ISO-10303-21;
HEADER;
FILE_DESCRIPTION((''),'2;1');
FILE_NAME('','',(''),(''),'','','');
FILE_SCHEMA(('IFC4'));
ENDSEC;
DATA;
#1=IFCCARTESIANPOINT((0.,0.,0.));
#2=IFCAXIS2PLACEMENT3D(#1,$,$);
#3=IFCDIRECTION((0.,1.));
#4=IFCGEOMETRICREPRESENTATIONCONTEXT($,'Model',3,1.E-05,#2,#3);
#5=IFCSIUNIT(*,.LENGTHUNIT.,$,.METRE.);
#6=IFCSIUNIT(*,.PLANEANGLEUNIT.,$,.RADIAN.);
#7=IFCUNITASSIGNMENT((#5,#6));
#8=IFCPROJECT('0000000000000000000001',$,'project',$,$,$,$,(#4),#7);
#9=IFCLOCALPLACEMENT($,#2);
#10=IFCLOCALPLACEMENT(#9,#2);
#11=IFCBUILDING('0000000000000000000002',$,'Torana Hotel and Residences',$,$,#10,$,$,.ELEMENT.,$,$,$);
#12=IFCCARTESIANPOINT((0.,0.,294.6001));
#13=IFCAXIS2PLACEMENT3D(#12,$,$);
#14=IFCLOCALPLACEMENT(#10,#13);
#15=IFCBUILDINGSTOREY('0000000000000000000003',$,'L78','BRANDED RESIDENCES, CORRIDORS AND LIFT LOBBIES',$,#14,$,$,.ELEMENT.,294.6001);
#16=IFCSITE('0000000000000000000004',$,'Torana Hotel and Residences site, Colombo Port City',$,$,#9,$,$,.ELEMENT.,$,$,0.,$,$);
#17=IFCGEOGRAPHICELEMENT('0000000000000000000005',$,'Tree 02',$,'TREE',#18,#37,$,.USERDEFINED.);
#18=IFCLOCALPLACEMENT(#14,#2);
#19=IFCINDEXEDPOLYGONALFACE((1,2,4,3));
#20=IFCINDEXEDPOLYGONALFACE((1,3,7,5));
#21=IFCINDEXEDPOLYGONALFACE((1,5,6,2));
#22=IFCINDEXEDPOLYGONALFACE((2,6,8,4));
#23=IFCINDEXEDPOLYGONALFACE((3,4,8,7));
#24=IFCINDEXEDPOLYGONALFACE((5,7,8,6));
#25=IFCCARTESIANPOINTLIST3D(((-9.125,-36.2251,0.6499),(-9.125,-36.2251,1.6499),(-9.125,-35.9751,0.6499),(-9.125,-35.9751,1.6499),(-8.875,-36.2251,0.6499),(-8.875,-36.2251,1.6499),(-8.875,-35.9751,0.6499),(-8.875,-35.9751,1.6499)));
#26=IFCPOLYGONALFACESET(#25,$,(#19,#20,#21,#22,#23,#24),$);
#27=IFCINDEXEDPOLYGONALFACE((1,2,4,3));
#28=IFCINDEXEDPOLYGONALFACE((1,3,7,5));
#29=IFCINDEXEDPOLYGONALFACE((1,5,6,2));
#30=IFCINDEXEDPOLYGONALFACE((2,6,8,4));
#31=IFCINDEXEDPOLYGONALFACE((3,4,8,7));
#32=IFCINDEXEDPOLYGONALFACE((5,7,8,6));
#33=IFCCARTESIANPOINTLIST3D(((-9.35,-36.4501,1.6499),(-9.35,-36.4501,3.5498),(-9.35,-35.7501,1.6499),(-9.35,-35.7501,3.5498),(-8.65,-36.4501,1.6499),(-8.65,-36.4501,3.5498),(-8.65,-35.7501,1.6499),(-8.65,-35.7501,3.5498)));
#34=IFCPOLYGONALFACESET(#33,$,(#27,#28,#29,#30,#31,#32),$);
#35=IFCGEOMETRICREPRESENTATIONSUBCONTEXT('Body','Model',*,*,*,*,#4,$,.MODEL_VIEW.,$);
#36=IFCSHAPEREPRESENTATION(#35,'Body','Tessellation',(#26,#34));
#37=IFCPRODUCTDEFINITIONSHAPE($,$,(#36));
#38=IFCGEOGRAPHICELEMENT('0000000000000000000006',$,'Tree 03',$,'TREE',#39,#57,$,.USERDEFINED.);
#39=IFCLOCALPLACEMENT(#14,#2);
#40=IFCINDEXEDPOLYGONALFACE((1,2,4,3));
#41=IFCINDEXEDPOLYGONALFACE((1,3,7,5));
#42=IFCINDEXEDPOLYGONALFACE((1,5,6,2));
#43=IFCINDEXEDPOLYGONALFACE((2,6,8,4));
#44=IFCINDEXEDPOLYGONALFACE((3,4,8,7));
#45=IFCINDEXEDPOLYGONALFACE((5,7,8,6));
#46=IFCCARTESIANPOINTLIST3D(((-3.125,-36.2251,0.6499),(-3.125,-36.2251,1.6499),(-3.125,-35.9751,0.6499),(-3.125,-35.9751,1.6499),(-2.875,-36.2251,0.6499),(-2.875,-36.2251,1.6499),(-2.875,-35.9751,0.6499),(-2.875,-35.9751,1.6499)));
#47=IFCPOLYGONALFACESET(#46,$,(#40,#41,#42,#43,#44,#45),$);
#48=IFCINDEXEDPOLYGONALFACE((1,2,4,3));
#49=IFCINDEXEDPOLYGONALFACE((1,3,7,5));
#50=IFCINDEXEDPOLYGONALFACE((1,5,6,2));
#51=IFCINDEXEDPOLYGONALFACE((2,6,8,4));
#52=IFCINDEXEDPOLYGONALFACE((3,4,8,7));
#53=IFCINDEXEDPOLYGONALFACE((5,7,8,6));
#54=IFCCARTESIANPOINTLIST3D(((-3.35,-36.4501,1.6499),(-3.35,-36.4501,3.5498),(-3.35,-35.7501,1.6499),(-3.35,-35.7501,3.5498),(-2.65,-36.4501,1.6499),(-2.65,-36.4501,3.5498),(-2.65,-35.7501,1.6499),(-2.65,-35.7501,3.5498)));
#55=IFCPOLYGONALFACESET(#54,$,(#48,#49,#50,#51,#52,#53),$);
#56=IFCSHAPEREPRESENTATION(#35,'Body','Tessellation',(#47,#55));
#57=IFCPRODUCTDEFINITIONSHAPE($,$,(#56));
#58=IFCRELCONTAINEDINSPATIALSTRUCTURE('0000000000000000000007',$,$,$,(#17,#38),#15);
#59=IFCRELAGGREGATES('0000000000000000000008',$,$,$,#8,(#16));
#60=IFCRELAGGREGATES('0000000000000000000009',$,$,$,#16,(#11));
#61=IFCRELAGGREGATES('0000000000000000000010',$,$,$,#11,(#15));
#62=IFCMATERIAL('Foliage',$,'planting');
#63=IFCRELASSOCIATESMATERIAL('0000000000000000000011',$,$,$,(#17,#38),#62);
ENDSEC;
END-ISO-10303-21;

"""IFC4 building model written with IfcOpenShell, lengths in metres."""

from ifc_helpers import new_model, si_unit, direction, frame, origin, origin_2d, place, context, subcontext, project, spatial, rectangle, extrude, material, element, save


model = new_model("IFC4")

# Units and contexts
model_context = context("Model", 3, precision=1e-05, world=origin(), true_north=direction((0.0, 1.0)))
body_context = subcontext(model_context, "Body", "Model", "MODEL_VIEW")
ifc_project = project(units=[si_unit("LENGTHUNIT", "METRE"), si_unit("PLANEANGLEUNIT", "RADIAN")], contexts=[model_context])

# Site, building, storey
site_placement = place(None, origin())
site = spatial("IfcSite", under=ifc_project, at=site_placement, Name="Torana Hotel and Residences site, Colombo Port City", CompositionType="ELEMENT", RefElevation=0.0)
building_placement = place(site_placement, origin())
building = spatial("IfcBuilding", under=site, at=building_placement, Name="Torana Hotel and Residences", CompositionType="ELEMENT")
storey_placement = place(building_placement, frame((0.0, 0.0, 294.6001)))
storey = spatial("IfcBuildingStorey", under=building, at=storey_placement, Name="L78", Description="BRANDED RESIDENCES, CORRIDORS AND LIFT LOBBIES", CompositionType="ELEMENT", Elevation=294.6001)

# Geographic elements
ifc_material_1 = material(Name="Foliage", Category="planting")
for number, where, z_axis, x_axis, name in (
    (1, (-9.0, -36.1001, 0.6499), (0.0, 0.0, 1.0), (1.0, 0.0, 0.0), "Tree 02"),
    (2, (-3.0, -36.1001, 0.6499), (0.0, 0.0, 1.0), (1.0, 0.0, 0.0), "Tree 03"),
):
    element("IfcGeographicElement", number, at=place(storey_placement, frame(where, z_axis=z_axis, x_axis=x_axis)), inside=storey, material=ifc_material_1, Name=name, ObjectType="TREE", PredefinedType="USERDEFINED", context=body_context, shape_type="SweptSolid", body=[
        extrude(rectangle(XDim=0.25, YDim=0.25, at=origin_2d()), origin(), (0.0, 0.0, 1.0), 1.0),
        extrude(rectangle(XDim=0.7, YDim=0.7, at=origin_2d()), frame((0.0, 0.0, 1.0)), (0.0, 0.0, 1.0), 1.8999),
    ])

save(model, "model.ifc")
